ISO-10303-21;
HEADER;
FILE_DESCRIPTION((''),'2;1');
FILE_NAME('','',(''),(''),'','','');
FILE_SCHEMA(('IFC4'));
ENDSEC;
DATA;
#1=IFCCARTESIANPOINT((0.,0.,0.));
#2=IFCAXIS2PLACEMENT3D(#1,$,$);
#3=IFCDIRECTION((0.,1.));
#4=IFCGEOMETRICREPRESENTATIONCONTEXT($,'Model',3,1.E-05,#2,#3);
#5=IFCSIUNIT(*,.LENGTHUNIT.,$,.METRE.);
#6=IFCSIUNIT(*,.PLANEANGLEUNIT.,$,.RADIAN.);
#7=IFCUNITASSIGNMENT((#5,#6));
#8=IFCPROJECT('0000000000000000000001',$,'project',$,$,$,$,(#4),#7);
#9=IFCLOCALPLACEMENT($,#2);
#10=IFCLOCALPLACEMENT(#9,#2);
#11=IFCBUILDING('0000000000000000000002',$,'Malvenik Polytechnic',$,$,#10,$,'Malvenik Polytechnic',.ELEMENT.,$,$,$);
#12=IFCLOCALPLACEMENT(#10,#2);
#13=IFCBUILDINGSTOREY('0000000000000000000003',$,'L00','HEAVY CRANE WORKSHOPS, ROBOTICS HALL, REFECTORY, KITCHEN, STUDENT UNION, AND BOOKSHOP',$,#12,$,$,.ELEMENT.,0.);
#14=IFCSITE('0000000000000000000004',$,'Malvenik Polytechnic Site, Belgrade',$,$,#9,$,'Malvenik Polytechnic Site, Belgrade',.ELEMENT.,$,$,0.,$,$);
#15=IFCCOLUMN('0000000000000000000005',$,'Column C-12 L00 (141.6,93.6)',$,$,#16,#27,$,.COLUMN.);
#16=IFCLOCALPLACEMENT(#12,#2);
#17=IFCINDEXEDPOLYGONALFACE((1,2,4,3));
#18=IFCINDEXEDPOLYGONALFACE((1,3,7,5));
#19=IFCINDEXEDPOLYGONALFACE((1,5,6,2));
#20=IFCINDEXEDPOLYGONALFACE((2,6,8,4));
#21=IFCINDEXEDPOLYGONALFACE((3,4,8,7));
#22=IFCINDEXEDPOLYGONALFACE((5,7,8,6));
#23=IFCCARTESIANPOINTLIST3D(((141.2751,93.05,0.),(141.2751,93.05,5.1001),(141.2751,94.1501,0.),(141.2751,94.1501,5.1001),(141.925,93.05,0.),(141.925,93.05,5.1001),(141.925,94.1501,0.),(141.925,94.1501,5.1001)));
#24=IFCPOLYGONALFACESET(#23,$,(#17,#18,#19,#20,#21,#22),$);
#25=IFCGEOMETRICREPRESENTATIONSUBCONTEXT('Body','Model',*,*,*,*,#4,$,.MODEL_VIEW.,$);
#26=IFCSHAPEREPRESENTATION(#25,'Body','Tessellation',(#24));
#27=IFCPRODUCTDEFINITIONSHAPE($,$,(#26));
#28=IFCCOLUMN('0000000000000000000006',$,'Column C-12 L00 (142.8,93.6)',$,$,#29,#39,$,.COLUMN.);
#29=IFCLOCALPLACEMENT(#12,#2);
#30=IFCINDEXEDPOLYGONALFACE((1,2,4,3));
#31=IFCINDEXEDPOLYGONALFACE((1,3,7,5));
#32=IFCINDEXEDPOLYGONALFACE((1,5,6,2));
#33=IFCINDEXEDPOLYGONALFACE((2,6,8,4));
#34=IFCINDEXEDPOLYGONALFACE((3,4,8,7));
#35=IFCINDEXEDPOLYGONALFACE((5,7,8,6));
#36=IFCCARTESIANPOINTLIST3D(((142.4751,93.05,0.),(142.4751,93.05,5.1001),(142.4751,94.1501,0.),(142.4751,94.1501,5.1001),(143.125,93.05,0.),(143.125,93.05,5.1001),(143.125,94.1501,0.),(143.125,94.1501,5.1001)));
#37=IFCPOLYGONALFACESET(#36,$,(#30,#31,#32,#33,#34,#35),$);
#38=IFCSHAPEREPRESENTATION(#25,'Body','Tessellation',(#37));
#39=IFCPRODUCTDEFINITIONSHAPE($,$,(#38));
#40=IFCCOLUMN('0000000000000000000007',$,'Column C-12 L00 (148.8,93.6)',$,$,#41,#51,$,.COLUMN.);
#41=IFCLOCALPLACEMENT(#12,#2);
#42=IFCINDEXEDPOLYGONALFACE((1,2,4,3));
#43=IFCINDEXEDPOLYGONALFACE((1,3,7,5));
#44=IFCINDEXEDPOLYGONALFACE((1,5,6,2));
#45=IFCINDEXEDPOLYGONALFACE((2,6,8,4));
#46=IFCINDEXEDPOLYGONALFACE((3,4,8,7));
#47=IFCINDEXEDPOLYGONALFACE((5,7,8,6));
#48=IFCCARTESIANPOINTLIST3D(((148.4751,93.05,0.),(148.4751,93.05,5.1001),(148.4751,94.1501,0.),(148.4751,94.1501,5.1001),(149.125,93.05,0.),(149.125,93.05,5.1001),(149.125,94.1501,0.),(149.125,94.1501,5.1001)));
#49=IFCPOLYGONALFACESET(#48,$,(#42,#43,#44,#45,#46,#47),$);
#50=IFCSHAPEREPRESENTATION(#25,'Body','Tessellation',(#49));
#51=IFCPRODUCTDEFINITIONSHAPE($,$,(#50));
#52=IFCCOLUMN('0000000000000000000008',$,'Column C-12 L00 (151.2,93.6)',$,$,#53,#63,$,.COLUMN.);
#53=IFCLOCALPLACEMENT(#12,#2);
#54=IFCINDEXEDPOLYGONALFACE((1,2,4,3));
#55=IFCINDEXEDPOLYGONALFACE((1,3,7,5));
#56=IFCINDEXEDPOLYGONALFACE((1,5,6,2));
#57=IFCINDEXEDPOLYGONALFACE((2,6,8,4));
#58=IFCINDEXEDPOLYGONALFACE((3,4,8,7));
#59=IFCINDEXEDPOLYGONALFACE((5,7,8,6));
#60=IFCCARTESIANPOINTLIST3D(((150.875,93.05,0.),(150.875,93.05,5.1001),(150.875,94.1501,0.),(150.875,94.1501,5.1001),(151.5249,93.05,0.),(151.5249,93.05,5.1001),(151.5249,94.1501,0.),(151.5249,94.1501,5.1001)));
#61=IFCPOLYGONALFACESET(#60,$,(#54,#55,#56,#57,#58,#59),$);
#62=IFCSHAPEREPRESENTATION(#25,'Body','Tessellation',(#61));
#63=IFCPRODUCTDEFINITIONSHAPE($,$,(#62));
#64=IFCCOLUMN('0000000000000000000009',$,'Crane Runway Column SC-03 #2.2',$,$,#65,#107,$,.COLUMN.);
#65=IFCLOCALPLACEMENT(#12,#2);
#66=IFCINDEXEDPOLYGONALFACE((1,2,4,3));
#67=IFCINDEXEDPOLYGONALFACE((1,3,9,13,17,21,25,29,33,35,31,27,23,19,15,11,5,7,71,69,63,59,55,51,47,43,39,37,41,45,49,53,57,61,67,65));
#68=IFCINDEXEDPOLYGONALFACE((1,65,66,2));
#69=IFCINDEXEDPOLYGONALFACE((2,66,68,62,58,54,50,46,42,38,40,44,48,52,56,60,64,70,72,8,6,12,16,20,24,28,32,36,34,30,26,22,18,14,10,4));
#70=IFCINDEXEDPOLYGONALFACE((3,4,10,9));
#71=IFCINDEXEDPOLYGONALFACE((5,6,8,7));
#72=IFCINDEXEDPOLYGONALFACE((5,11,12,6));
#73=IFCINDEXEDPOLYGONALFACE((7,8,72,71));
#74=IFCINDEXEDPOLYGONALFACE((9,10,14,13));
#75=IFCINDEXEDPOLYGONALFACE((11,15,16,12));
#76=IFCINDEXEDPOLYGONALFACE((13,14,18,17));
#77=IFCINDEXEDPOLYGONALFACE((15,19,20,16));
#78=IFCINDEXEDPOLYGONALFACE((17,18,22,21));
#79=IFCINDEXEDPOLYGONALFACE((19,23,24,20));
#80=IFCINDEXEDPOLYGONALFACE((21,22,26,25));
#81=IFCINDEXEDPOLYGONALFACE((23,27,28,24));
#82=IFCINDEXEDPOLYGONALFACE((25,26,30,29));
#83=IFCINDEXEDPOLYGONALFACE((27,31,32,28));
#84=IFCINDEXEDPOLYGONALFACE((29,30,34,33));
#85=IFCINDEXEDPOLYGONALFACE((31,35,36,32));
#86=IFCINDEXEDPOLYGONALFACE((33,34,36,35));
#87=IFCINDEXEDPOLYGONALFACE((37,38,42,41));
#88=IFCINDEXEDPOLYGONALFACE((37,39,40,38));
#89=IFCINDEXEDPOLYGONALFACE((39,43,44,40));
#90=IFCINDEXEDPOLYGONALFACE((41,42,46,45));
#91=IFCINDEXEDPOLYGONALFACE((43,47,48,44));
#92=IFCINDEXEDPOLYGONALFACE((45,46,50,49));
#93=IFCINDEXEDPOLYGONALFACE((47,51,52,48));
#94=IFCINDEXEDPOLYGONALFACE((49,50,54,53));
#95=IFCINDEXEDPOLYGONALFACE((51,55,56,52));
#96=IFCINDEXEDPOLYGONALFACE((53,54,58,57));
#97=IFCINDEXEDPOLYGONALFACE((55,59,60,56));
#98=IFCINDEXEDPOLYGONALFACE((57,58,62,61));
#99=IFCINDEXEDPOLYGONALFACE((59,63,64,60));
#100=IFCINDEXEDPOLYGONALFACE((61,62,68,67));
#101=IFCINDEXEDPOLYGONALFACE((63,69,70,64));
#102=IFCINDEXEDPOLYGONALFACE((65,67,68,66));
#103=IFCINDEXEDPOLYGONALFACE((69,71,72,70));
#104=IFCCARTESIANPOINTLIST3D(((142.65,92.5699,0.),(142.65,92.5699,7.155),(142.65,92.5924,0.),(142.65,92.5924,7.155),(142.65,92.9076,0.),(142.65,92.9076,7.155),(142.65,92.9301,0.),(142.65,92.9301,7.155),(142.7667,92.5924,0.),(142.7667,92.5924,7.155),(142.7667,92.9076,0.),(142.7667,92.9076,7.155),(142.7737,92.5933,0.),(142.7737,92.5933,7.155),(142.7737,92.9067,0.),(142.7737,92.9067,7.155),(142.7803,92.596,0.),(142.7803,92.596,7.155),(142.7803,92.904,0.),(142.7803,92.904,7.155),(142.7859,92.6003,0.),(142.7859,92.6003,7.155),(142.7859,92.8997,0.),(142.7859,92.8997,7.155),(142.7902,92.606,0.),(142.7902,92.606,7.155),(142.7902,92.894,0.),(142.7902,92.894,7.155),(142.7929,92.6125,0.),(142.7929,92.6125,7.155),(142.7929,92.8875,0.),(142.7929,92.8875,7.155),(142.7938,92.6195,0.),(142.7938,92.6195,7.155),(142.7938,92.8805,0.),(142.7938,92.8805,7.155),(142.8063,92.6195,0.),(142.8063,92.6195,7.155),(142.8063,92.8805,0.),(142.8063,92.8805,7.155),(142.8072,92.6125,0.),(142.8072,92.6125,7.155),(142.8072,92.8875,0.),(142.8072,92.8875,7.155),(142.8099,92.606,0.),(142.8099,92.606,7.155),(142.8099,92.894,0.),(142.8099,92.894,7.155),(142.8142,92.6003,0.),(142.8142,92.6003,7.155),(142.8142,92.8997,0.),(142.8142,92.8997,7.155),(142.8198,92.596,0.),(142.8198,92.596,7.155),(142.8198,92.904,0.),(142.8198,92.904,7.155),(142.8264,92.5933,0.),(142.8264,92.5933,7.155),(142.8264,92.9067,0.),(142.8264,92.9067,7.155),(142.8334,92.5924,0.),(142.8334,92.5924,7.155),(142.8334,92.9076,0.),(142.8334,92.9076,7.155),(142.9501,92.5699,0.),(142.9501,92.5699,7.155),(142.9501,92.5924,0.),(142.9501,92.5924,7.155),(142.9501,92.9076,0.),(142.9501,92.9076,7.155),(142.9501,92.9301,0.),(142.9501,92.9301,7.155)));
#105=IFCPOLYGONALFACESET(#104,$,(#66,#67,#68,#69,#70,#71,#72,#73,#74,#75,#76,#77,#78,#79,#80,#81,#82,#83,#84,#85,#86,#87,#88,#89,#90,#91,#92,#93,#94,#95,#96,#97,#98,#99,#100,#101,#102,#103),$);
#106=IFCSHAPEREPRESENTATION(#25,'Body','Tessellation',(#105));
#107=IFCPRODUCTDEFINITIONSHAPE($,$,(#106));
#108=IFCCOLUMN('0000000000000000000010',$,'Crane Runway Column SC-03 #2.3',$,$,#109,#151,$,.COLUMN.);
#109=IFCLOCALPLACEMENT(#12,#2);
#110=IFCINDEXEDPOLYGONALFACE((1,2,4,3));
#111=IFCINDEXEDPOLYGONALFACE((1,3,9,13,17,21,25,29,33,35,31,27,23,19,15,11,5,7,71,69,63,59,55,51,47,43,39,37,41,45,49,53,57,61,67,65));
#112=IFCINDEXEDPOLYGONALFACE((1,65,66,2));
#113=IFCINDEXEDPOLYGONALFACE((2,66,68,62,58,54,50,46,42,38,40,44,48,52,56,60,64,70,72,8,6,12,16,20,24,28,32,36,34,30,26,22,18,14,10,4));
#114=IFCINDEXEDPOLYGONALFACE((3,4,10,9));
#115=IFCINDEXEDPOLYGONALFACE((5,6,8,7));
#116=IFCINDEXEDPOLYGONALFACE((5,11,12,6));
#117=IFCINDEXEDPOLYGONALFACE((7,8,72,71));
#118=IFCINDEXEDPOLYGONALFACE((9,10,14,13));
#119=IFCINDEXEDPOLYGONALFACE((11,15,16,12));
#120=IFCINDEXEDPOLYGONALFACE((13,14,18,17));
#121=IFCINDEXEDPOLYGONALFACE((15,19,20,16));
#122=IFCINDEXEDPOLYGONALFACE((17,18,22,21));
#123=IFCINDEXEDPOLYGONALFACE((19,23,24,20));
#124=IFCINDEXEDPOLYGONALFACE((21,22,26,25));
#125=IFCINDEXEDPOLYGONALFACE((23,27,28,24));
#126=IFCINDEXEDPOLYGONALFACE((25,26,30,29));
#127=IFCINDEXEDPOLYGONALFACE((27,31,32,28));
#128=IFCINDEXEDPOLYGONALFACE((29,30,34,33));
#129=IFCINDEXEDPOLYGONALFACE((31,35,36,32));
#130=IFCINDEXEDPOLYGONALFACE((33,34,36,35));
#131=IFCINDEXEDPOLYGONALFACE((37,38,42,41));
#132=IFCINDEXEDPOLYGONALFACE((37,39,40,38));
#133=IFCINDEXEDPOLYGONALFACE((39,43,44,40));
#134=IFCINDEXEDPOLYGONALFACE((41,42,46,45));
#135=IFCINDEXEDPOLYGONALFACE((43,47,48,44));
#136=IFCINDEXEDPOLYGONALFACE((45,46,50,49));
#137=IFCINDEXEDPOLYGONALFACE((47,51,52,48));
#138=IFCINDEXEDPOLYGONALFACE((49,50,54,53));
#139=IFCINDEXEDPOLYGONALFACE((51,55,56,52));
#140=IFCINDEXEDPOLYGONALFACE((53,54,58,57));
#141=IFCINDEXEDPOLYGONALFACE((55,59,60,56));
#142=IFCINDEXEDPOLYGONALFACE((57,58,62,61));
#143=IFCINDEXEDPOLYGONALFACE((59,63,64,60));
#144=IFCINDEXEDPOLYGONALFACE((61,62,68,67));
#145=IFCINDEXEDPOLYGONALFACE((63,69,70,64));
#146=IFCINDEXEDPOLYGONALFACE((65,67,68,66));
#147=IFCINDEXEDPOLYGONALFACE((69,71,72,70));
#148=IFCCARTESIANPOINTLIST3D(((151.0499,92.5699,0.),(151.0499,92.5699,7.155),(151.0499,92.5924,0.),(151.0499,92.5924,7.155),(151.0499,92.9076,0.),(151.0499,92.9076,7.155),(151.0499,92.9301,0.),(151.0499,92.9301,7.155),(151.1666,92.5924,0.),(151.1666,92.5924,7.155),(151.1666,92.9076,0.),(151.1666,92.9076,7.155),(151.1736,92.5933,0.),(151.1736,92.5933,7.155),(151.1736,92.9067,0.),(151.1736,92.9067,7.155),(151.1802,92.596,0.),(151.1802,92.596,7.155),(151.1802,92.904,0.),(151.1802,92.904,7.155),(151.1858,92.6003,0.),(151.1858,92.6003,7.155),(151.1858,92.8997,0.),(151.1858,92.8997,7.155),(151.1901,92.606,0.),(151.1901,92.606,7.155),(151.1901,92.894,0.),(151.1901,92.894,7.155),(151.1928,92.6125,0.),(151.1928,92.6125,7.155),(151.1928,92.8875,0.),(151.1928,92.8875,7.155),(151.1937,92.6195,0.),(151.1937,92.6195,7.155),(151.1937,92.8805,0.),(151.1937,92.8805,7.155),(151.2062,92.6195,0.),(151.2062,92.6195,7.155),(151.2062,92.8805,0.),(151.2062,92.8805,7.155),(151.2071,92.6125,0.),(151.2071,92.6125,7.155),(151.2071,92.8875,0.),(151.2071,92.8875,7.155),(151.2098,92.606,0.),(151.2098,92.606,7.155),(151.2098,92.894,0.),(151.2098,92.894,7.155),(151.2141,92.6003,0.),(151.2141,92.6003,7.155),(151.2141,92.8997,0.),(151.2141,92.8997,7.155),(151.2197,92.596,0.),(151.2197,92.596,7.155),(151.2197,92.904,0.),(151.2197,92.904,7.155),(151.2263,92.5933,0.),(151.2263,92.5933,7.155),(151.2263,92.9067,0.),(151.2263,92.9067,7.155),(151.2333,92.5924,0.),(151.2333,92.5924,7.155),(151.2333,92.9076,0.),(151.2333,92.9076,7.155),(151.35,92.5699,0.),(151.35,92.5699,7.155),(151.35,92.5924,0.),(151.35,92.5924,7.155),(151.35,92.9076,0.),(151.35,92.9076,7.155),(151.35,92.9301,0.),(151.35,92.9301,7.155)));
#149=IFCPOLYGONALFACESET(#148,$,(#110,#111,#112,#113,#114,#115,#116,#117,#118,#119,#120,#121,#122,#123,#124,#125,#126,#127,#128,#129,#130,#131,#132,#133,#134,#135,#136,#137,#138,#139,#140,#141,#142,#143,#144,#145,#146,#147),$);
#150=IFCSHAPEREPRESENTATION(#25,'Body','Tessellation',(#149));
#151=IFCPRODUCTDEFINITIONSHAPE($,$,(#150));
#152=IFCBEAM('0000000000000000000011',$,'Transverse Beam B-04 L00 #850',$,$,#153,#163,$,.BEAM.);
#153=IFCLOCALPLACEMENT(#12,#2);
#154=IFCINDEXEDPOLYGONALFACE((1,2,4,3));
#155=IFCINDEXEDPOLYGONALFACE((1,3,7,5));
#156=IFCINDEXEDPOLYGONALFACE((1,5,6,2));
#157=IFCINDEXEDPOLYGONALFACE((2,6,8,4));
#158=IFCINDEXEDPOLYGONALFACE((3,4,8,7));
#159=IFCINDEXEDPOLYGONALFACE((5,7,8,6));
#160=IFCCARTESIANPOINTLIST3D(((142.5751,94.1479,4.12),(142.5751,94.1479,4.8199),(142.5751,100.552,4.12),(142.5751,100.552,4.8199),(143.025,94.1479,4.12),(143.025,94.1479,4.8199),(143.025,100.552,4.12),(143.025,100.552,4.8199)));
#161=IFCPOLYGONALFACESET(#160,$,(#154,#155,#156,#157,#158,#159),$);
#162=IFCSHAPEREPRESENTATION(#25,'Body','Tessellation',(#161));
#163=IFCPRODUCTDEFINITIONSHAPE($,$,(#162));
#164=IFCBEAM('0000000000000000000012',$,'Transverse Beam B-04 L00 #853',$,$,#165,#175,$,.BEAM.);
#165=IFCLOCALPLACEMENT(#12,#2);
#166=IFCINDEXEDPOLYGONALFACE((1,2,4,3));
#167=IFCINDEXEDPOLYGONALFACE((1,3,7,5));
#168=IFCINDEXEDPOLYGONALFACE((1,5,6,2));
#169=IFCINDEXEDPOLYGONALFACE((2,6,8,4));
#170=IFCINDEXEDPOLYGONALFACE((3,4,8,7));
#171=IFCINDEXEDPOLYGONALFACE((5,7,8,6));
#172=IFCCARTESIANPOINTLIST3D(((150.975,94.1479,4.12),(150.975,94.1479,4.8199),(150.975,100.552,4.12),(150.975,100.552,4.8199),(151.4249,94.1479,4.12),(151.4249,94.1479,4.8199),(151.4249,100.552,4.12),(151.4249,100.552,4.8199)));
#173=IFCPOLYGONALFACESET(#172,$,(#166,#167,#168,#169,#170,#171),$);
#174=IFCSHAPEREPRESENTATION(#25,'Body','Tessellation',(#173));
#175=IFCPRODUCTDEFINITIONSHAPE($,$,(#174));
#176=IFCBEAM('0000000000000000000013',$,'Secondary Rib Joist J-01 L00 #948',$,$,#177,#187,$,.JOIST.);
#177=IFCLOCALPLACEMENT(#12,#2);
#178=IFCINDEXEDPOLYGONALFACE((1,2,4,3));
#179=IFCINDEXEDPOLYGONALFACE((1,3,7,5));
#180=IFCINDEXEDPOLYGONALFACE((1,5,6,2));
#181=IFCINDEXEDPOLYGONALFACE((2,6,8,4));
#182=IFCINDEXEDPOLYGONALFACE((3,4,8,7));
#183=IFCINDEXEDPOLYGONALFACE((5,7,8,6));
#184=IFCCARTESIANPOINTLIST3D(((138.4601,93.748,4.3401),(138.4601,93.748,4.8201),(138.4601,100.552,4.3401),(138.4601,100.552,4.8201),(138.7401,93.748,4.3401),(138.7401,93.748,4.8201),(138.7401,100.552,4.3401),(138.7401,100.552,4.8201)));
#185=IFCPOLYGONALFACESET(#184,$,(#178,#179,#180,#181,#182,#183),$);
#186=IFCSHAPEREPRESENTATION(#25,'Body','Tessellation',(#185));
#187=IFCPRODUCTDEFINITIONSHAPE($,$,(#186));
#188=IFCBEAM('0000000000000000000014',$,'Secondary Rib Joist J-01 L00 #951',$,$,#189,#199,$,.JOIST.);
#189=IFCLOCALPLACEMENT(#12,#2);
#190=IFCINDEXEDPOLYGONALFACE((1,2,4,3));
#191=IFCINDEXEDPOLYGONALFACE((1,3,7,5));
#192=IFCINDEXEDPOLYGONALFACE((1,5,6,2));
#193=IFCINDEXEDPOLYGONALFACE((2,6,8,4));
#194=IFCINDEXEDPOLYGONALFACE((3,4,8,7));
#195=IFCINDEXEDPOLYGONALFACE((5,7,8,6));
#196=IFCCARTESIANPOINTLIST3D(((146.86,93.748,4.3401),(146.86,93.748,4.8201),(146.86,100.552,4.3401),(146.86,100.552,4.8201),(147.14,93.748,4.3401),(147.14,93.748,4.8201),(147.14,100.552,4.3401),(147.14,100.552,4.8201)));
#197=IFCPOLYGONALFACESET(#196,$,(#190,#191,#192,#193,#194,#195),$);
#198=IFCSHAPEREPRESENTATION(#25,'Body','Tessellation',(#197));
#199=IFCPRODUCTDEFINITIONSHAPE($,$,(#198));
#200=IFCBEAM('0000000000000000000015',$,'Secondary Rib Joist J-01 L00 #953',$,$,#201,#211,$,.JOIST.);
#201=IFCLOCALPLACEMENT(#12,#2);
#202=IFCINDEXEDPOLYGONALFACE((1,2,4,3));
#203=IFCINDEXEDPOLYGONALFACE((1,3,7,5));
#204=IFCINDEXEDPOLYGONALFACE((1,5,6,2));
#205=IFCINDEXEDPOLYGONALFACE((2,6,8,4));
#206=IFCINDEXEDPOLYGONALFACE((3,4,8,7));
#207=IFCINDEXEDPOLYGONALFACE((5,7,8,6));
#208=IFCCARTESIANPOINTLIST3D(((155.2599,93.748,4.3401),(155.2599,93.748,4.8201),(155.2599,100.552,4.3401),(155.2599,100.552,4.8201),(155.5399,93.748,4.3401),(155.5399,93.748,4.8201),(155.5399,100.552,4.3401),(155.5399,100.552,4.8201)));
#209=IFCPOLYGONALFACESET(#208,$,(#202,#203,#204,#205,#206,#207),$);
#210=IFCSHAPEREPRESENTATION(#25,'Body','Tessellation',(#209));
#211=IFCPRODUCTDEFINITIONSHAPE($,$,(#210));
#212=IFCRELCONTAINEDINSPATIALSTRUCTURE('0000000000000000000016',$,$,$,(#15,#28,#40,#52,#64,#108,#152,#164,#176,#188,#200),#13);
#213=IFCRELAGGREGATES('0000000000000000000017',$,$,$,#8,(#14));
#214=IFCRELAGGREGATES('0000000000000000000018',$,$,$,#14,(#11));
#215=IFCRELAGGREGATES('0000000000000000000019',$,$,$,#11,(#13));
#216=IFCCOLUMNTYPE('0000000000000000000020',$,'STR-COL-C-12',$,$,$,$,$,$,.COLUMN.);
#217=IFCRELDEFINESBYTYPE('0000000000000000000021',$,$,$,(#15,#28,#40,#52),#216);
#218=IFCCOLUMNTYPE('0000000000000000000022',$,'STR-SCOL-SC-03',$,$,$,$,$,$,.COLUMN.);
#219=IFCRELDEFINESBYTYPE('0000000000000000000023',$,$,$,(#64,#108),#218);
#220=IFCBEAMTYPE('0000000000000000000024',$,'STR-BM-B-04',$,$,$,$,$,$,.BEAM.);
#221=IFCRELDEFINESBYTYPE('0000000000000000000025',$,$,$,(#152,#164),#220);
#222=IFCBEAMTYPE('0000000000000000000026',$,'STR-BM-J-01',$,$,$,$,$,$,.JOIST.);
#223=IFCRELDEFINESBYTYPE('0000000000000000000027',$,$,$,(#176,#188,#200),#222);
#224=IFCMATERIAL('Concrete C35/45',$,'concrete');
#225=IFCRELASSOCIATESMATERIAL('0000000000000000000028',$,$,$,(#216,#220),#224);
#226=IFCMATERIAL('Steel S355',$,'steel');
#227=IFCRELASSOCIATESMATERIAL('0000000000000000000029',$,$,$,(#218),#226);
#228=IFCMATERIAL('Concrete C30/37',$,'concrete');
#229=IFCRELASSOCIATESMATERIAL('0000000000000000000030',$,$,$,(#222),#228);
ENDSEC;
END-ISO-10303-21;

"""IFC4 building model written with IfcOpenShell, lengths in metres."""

from ifc_helpers import new_model, si_unit, direction, frame, origin, origin_2d, place, context, subcontext, project, spatial, rectangle, i_section, extrude, material, material_profile, profile_set, type_object, element, save


model = new_model("IFC4")

# Units and contexts
model_context = context("Model", 3, precision=1e-05, world=origin(), true_north=direction((0.0, 1.0)))
body_context = subcontext(model_context, "Body", "Model", "MODEL_VIEW")
ifc_project = project(units=[si_unit("LENGTHUNIT", "METRE"), si_unit("PLANEANGLEUNIT", "RADIAN")], contexts=[model_context])

# Site, building, storey
site_placement = place(None, origin())
site = spatial("IfcSite", under=ifc_project, at=site_placement, Name="Malvenik Polytechnic Site, Belgrade", LongName="Malvenik Polytechnic Site, Belgrade", CompositionType="ELEMENT", RefElevation=0.0)
building_placement = place(site_placement, origin())
building = spatial("IfcBuilding", under=site, at=building_placement, Name="Malvenik Polytechnic", LongName="Malvenik Polytechnic", CompositionType="ELEMENT")
storey_placement = place(building_placement, origin())
storey = spatial("IfcBuildingStorey", under=building, at=storey_placement, Name="L00", Description="HEAVY CRANE WORKSHOPS, ROBOTICS HALL, REFECTORY, KITCHEN, STUDENT UNION, AND BOOKSHOP", CompositionType="ELEMENT", Elevation=0.0)

# Columns
ifc_material_1 = material(Name="Concrete C35/45", Category="concrete")
ifc_material_profile_1 = material_profile(ifc_material_1, rectangle(XDim=0.6499, YDim=1.1001, at=origin_2d()), Name="RC COL 1100x650")
ifc_profile_set_1 = profile_set([ifc_material_profile_1], Name="Concrete C35/45")
column_type_1 = type_object("IfcColumnType", Name="STR-COL-C-12", PredefinedType="COLUMN", material=ifc_profile_set_1)
for number, where, z_axis, x_axis, name in (
    (1, (141.6001, 93.6001, 0.0), (0.0, 0.0, 1.0), (1.0, 0.0, 0.0), "Column C-12 L00 (141.6,93.6)"),
    (2, (142.8, 93.6001, 0.0), (0.0, 0.0, 1.0), (1.0, 0.0, 0.0), "Column C-12 L00 (142.8,93.6)"),
    (3, (148.8, 93.6001, 0.0), (0.0, 0.0, 1.0), (1.0, 0.0, 0.0), "Column C-12 L00 (148.8,93.6)"),
    (4, (151.2, 93.6001, 0.0), (0.0, 0.0, 1.0), (1.0, 0.0, 0.0), "Column C-12 L00 (151.2,93.6)"),
):
    element("IfcColumn", number, at=place(storey_placement, frame(where, z_axis=z_axis, x_axis=x_axis)), inside=storey, type_object=column_type_1, Name=name, PredefinedType="COLUMN", context=body_context, shape_type="SweptSolid", body=[
        extrude(rectangle(XDim=0.6499, YDim=1.1001, at=origin_2d()), origin(), (0.0, 0.0, 1.0), 5.1001),
    ])
ifc_material_2 = material(Name="Steel S355", Category="steel")
ifc_material_profile_2 = material_profile(ifc_material_2, i_section(OverallWidth=0.3, OverallDepth=0.3601, WebThickness=0.0125, FlangeThickness=0.0225, FilletRadius=0.0271, at=origin_2d()), Name="HEB 360")
ifc_profile_set_2 = profile_set([ifc_material_profile_2], Name="Steel S355")
column_type_2 = type_object("IfcColumnType", Name="STR-SCOL-SC-03", PredefinedType="COLUMN", material=ifc_profile_set_2)
for number, where, z_axis, x_axis, name in (
    (5, (142.8, 92.75, 0.0), (0.0, 0.0, 1.0), (1.0, 0.0, 0.0), "Crane Runway Column SC-03 #2.2"),
    (6, (151.2, 92.75, 0.0), (0.0, 0.0, 1.0), (1.0, 0.0, 0.0), "Crane Runway Column SC-03 #2.3"),
):
    element("IfcColumn", number, at=place(storey_placement, frame(where, z_axis=z_axis, x_axis=x_axis)), inside=storey, type_object=column_type_2, Name=name, PredefinedType="COLUMN", context=body_context, shape_type="SweptSolid", body=[
        extrude(i_section(OverallWidth=0.3, OverallDepth=0.3601, WebThickness=0.0125, FlangeThickness=0.0225, FilletRadius=0.0271, at=origin_2d()), origin(), (0.0, 0.0, 1.0), 7.155),
    ])

# Beams
ifc_material_profile_3 = material_profile(ifc_material_1, rectangle(XDim=0.45, YDim=0.7, at=origin_2d()), Name="RC BM 450x700")
ifc_profile_set_3 = profile_set([ifc_material_profile_3], Name="Concrete C35/45")
beam_type_1 = type_object("IfcBeamType", Name="STR-BM-B-04", PredefinedType="BEAM", material=ifc_profile_set_3)
for number, where, z_axis, x_axis, name in (
    (7, (142.8, 94.1479, 4.47), (0.0, 1.0, 0.0), (-1.0, 0.0, 0.0), "Transverse Beam B-04 L00 #850"),
    (8, (151.2, 94.1479, 4.47), (0.0, 1.0, 0.0), (-1.0, 0.0, 0.0), "Transverse Beam B-04 L00 #853"),
):
    element("IfcBeam", number, at=place(storey_placement, frame(where, z_axis=z_axis, x_axis=x_axis)), inside=storey, type_object=beam_type_1, Name=name, PredefinedType="BEAM", context=body_context, shape_type="SweptSolid", body=[
        extrude(rectangle(XDim=0.45, YDim=0.7, at=origin_2d()), origin(), (0.0, 0.0, 1.0), 6.4041),
    ])
ifc_material_3 = material(Name="Concrete C30/37", Category="concrete")
ifc_material_profile_4 = material_profile(ifc_material_3, rectangle(XDim=0.28, YDim=0.48, at=origin_2d()), Name="RC JST 280x480")
ifc_profile_set_4 = profile_set([ifc_material_profile_4], Name="Concrete C30/37")
beam_type_2 = type_object("IfcBeamType", Name="STR-BM-J-01", PredefinedType="JOIST", material=ifc_profile_set_4)
for number, where, z_axis, x_axis, name in (
    (9, (138.6001, 93.748, 4.5801), (0.0, 1.0, 0.0), (-1.0, 0.0, 0.0), "Secondary Rib Joist J-01 L00 #948"),
    (10, (147.0, 93.748, 4.5801), (0.0, 1.0, 0.0), (-1.0, 0.0, 0.0), "Secondary Rib Joist J-01 L00 #951"),
    (11, (155.3999, 93.748, 4.5801), (0.0, 1.0, 0.0), (-1.0, 0.0, 0.0), "Secondary Rib Joist J-01 L00 #953"),
):
    element("IfcBeam", number, at=place(storey_placement, frame(where, z_axis=z_axis, x_axis=x_axis)), inside=storey, type_object=beam_type_2, Name=name, PredefinedType="JOIST", context=body_context, shape_type="SweptSolid", body=[
        extrude(rectangle(XDim=0.28, YDim=0.48, at=origin_2d()), origin(), (0.0, 0.0, 1.0), 6.804),
    ])

save(model, "model.ifc")
